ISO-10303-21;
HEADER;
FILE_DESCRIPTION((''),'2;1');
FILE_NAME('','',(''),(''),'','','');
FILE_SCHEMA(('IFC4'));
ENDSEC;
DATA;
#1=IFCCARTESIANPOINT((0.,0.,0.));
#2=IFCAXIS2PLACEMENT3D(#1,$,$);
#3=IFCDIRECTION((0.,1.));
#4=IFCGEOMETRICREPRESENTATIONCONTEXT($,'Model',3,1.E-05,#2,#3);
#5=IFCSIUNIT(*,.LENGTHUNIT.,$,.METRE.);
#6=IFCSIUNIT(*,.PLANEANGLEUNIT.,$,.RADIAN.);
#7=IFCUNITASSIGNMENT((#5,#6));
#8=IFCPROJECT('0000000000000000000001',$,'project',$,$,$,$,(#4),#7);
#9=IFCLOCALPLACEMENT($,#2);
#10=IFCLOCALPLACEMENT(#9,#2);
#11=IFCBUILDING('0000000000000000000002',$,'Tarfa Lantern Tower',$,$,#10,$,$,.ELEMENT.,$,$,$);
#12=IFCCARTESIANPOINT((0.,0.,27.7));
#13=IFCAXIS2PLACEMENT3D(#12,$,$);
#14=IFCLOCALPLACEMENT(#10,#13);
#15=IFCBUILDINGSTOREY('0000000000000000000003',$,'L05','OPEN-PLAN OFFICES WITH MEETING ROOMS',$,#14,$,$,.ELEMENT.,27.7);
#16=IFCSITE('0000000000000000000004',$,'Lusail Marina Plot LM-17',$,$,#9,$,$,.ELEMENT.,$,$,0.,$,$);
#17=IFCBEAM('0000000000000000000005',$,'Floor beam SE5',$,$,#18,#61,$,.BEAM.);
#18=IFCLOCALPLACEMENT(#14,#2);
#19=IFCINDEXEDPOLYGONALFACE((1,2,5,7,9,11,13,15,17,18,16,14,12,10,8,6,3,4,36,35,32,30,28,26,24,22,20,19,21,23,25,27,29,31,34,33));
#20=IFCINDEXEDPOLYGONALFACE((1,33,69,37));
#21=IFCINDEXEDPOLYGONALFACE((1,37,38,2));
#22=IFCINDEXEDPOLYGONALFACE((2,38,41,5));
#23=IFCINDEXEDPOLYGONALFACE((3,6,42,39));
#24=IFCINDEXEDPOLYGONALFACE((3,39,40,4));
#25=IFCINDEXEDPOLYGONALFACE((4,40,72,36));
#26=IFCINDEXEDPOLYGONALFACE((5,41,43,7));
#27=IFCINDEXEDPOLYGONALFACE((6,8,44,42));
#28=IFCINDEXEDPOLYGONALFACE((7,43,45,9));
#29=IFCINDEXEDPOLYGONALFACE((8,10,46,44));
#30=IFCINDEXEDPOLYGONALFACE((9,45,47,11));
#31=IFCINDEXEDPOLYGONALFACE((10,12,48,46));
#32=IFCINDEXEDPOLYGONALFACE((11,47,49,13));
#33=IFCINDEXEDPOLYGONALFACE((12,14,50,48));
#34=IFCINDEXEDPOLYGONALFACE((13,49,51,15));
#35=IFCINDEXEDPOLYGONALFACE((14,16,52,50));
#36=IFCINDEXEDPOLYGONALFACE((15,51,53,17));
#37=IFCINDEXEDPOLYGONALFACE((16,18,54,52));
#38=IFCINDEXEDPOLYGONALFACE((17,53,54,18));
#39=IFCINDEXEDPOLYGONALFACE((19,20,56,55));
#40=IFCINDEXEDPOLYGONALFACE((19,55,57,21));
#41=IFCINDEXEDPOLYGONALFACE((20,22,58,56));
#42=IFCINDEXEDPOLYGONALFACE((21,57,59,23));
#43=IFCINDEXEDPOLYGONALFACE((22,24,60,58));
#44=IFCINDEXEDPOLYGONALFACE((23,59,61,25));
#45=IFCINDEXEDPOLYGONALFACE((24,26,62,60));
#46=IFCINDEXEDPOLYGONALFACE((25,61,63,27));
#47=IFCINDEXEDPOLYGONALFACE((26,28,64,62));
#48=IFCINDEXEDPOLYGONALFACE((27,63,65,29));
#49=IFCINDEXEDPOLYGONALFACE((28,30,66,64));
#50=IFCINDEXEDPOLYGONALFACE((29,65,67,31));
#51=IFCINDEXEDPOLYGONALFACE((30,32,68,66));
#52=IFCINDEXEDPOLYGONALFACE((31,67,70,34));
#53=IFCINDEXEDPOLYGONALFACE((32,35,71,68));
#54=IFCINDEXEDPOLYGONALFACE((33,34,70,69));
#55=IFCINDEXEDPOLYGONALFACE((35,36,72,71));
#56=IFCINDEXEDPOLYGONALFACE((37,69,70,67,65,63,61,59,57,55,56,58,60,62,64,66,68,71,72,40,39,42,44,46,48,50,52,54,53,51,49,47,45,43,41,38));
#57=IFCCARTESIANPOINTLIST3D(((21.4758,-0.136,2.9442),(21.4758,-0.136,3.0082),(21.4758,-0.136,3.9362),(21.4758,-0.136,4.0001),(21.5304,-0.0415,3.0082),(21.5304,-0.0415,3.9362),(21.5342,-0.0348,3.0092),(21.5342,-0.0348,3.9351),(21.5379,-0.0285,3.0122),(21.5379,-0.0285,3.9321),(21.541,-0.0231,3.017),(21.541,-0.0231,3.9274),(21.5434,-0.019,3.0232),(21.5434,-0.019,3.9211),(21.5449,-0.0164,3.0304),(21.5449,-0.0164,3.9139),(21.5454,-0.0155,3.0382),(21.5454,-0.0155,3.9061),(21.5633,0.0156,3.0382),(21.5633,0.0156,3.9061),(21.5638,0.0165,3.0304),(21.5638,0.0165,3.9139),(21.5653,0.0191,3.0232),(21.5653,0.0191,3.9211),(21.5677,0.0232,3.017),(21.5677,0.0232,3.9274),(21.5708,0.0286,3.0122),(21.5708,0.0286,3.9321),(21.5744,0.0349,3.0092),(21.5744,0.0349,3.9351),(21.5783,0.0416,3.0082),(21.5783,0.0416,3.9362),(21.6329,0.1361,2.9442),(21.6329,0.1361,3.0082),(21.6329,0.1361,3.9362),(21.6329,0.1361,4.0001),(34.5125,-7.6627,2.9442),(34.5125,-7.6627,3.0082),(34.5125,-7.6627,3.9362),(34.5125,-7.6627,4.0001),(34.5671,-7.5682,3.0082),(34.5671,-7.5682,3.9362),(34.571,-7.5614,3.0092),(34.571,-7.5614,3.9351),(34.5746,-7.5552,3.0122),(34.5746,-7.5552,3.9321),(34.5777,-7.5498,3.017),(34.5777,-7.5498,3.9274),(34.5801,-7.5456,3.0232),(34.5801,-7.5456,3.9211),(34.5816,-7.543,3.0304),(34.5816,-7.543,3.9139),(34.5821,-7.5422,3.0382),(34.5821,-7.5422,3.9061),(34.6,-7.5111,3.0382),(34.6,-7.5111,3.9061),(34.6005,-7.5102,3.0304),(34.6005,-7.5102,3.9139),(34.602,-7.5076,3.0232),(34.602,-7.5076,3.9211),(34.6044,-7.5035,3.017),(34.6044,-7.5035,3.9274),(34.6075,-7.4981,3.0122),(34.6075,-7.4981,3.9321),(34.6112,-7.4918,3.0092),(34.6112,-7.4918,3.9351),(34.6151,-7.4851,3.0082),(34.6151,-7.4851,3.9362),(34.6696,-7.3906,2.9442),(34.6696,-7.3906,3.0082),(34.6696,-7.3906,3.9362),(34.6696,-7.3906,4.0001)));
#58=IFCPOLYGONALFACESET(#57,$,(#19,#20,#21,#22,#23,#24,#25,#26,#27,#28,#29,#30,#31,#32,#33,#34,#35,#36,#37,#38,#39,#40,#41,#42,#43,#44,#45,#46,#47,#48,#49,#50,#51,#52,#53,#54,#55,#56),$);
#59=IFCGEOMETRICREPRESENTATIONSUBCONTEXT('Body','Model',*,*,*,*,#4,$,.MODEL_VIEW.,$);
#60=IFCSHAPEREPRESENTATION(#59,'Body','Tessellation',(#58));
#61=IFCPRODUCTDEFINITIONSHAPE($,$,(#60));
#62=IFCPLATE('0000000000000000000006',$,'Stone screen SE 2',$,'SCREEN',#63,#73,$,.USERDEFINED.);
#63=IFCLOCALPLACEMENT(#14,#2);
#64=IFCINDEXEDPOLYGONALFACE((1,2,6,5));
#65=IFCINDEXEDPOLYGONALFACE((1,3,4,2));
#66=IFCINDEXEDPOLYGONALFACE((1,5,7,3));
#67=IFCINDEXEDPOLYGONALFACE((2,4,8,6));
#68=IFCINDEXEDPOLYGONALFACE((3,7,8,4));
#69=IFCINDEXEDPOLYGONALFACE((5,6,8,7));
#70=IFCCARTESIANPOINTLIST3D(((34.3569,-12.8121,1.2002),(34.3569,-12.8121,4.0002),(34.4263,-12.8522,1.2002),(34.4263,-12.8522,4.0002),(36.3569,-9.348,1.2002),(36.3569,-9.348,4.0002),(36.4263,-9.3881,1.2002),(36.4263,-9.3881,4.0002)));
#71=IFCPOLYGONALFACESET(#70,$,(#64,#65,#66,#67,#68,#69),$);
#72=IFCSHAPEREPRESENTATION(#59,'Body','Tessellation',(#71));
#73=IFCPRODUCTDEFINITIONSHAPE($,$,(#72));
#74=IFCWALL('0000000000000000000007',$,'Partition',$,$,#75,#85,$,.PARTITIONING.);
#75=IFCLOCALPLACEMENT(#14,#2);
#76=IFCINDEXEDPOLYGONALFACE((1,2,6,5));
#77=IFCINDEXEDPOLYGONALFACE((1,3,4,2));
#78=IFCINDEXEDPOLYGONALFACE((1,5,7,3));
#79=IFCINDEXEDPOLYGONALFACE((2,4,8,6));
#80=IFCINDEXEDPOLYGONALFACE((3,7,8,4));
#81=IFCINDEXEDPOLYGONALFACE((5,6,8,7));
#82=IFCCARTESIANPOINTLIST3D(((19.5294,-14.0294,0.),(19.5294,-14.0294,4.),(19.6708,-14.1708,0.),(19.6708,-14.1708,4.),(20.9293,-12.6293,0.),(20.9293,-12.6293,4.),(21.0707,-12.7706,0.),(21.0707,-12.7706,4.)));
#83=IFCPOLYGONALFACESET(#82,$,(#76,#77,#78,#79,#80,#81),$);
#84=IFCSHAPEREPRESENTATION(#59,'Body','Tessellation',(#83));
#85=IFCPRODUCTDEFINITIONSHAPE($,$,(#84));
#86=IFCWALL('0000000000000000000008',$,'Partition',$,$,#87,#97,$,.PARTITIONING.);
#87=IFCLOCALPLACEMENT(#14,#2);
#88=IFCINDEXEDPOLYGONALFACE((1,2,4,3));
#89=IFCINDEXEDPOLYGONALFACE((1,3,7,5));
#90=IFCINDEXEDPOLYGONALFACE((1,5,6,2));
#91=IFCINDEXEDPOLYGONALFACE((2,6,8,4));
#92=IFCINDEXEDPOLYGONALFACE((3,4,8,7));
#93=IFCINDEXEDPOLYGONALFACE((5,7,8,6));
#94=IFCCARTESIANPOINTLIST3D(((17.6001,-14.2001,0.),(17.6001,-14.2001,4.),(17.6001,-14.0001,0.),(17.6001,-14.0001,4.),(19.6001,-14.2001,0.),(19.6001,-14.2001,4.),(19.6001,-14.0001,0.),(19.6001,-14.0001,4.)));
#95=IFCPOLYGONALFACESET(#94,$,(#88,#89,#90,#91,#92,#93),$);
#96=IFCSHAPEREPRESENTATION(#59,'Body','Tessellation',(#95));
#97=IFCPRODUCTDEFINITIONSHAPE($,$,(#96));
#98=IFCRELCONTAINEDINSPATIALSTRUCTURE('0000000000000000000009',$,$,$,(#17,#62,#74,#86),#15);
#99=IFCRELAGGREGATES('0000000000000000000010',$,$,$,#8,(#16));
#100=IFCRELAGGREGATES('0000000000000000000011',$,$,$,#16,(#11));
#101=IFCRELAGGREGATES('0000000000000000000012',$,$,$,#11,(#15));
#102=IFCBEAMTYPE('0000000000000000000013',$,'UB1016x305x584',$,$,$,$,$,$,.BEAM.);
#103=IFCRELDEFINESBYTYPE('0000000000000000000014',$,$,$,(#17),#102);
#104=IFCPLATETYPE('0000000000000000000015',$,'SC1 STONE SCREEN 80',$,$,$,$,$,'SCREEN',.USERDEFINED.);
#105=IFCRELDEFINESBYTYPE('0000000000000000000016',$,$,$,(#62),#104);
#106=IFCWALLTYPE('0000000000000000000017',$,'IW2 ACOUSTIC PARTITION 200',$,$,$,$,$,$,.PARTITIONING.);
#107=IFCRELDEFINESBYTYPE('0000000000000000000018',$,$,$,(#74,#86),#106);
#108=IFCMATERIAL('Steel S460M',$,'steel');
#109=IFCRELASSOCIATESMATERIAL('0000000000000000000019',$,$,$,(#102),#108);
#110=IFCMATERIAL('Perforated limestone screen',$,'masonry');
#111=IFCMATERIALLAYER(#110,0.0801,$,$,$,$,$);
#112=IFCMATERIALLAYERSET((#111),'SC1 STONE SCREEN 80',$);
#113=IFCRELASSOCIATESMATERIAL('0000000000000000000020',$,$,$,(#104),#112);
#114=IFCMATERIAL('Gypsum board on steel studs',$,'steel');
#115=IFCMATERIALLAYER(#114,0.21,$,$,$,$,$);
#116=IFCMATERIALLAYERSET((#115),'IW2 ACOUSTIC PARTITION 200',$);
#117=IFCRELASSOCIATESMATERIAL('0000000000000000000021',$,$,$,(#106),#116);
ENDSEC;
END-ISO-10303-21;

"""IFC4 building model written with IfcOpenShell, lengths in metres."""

from ifc_helpers import new_model, si_unit, direction, frame, frame_2d, origin, origin_2d, place, context, subcontext, project, spatial, rectangle, i_section, extrude, material, layer, layer_set, material_profile, profile_set, type_object, element, save


model = new_model("IFC4")

# Units and contexts
model_context = context("Model", 3, precision=1e-05, world=origin(), true_north=direction((0.0, 1.0)))
body_context = subcontext(model_context, "Body", "Model", "MODEL_VIEW")
ifc_project = project(units=[si_unit("LENGTHUNIT", "METRE"), si_unit("PLANEANGLEUNIT", "RADIAN")], contexts=[model_context])

# Site, building, storey
site_placement = place(None, origin())
site = spatial("IfcSite", under=ifc_project, at=site_placement, Name="Lusail Marina Plot LM-17", CompositionType="ELEMENT", RefElevation=0.0)
building_placement = place(site_placement, origin())
building = spatial("IfcBuilding", under=site, at=building_placement, Name="Tarfa Lantern Tower", CompositionType="ELEMENT")
storey_placement = place(building_placement, frame((0.0, 0.0, 27.7)))
storey = spatial("IfcBuildingStorey", under=building, at=storey_placement, Name="L05", Description="OPEN-PLAN OFFICES WITH MEETING ROOMS", CompositionType="ELEMENT", Elevation=27.7)

# Beam
ifc_material_1 = material(Name="Steel S460M", Category="steel")
ifc_material_profile_1 = material_profile(ifc_material_1, i_section(OverallWidth=0.3142, OverallDepth=1.0559, WebThickness=0.0359, FlangeThickness=0.064, FilletRadius=0.03, at=origin_2d()), Name="UB1016x305x584")
ifc_profile_set_1 = profile_set([ifc_material_profile_1], Name="Steel S460M")
beam_type_1 = type_object("IfcBeamType", Name="UB1016x305x584", PredefinedType="BEAM", material=ifc_profile_set_1)
beam_1_placement = place(storey_placement, frame((34.5911, -7.5266, 3.4722), z_axis=(-0.866028, 0.499996, 0.0), x_axis=(-0.499996, -0.866028, 0.0)))
element("IfcBeam", 1, at=beam_1_placement, inside=storey, type_object=beam_type_1, Name="Floor beam SE5", PredefinedType="BEAM", context=body_context, shape_type="SweptSolid", body=[
    extrude(i_section(OverallWidth=0.3142, OverallDepth=1.0559, WebThickness=0.0359, FlangeThickness=0.064, FilletRadius=0.03, at=origin_2d()), origin(), (0.0, 0.0, 1.0), 15.0535),
])

# Plate
ifc_material_2 = material(Name="Perforated limestone screen", Category="masonry")
ifc_layer_1 = layer(ifc_material_2, 0.0801)
ifc_layer_set_1 = layer_set([ifc_layer_1], Name="SC1 STONE SCREEN 80")
plate_type = type_object("IfcPlateType", Name="SC1 STONE SCREEN 80", ElementType="SCREEN", PredefinedType="USERDEFINED", material=ifc_layer_set_1)
plate_placement = place(storey_placement, frame((35.3916, -11.1001, 1.2002), z_axis=(0.0, 0.0, 1.0), x_axis=(0.5, 0.866025, 0.0)))
element("IfcPlate", 2, at=plate_placement, inside=storey, type_object=plate_type, Name="Stone screen SE 2", ObjectType="SCREEN", PredefinedType="USERDEFINED", context=body_context, shape_type="SweptSolid", body=[
    extrude(rectangle(XDim=4.0, YDim=0.0801, at=origin_2d()), origin(), (0.0, 0.0, 1.0), 2.8),
])

# Walls
ifc_material_3 = material(Name="Gypsum board on steel studs", Category="steel")
ifc_layer_2 = layer(ifc_material_3, 0.21)
ifc_layer_set_2 = layer_set([ifc_layer_2], Name="IW2 ACOUSTIC PARTITION 200")
wall_type = type_object("IfcWallType", Name="IW2 ACOUSTIC PARTITION 200", PredefinedType="PARTITIONING", material=ifc_layer_set_2)
wall_1_placement = place(storey_placement, frame((21.0, -12.7, 0.0), z_axis=(0.0, 0.0, 1.0), x_axis=(-0.707045, -0.707168, 0.0)))
element("IfcWall", 3, at=wall_1_placement, inside=storey, type_object=wall_type, Name="Partition", PredefinedType="PARTITIONING", context=body_context, shape_type="SweptSolid", body=[
    extrude(rectangle(XDim=1.98, YDim=0.2, at=frame_2d((0.99, 0.0))), origin(), (0.0, 0.0, 1.0), 4.0),
])
wall_2_placement = place(storey_placement, frame((19.6001, -14.1001, 0.0), z_axis=(0.0, 0.0, 1.0), x_axis=(-1.0, 0.0, 0.0)))
element("IfcWall", 4, at=wall_2_placement, inside=storey, type_object=wall_type, Name="Partition", PredefinedType="PARTITIONING", context=body_context, shape_type="SweptSolid", body=[
    extrude(rectangle(XDim=2.0, YDim=0.2, at=frame_2d((1.0, 0.0))), origin(), (0.0, 0.0, 1.0), 4.0),
])

save(model, "model.ifc")
